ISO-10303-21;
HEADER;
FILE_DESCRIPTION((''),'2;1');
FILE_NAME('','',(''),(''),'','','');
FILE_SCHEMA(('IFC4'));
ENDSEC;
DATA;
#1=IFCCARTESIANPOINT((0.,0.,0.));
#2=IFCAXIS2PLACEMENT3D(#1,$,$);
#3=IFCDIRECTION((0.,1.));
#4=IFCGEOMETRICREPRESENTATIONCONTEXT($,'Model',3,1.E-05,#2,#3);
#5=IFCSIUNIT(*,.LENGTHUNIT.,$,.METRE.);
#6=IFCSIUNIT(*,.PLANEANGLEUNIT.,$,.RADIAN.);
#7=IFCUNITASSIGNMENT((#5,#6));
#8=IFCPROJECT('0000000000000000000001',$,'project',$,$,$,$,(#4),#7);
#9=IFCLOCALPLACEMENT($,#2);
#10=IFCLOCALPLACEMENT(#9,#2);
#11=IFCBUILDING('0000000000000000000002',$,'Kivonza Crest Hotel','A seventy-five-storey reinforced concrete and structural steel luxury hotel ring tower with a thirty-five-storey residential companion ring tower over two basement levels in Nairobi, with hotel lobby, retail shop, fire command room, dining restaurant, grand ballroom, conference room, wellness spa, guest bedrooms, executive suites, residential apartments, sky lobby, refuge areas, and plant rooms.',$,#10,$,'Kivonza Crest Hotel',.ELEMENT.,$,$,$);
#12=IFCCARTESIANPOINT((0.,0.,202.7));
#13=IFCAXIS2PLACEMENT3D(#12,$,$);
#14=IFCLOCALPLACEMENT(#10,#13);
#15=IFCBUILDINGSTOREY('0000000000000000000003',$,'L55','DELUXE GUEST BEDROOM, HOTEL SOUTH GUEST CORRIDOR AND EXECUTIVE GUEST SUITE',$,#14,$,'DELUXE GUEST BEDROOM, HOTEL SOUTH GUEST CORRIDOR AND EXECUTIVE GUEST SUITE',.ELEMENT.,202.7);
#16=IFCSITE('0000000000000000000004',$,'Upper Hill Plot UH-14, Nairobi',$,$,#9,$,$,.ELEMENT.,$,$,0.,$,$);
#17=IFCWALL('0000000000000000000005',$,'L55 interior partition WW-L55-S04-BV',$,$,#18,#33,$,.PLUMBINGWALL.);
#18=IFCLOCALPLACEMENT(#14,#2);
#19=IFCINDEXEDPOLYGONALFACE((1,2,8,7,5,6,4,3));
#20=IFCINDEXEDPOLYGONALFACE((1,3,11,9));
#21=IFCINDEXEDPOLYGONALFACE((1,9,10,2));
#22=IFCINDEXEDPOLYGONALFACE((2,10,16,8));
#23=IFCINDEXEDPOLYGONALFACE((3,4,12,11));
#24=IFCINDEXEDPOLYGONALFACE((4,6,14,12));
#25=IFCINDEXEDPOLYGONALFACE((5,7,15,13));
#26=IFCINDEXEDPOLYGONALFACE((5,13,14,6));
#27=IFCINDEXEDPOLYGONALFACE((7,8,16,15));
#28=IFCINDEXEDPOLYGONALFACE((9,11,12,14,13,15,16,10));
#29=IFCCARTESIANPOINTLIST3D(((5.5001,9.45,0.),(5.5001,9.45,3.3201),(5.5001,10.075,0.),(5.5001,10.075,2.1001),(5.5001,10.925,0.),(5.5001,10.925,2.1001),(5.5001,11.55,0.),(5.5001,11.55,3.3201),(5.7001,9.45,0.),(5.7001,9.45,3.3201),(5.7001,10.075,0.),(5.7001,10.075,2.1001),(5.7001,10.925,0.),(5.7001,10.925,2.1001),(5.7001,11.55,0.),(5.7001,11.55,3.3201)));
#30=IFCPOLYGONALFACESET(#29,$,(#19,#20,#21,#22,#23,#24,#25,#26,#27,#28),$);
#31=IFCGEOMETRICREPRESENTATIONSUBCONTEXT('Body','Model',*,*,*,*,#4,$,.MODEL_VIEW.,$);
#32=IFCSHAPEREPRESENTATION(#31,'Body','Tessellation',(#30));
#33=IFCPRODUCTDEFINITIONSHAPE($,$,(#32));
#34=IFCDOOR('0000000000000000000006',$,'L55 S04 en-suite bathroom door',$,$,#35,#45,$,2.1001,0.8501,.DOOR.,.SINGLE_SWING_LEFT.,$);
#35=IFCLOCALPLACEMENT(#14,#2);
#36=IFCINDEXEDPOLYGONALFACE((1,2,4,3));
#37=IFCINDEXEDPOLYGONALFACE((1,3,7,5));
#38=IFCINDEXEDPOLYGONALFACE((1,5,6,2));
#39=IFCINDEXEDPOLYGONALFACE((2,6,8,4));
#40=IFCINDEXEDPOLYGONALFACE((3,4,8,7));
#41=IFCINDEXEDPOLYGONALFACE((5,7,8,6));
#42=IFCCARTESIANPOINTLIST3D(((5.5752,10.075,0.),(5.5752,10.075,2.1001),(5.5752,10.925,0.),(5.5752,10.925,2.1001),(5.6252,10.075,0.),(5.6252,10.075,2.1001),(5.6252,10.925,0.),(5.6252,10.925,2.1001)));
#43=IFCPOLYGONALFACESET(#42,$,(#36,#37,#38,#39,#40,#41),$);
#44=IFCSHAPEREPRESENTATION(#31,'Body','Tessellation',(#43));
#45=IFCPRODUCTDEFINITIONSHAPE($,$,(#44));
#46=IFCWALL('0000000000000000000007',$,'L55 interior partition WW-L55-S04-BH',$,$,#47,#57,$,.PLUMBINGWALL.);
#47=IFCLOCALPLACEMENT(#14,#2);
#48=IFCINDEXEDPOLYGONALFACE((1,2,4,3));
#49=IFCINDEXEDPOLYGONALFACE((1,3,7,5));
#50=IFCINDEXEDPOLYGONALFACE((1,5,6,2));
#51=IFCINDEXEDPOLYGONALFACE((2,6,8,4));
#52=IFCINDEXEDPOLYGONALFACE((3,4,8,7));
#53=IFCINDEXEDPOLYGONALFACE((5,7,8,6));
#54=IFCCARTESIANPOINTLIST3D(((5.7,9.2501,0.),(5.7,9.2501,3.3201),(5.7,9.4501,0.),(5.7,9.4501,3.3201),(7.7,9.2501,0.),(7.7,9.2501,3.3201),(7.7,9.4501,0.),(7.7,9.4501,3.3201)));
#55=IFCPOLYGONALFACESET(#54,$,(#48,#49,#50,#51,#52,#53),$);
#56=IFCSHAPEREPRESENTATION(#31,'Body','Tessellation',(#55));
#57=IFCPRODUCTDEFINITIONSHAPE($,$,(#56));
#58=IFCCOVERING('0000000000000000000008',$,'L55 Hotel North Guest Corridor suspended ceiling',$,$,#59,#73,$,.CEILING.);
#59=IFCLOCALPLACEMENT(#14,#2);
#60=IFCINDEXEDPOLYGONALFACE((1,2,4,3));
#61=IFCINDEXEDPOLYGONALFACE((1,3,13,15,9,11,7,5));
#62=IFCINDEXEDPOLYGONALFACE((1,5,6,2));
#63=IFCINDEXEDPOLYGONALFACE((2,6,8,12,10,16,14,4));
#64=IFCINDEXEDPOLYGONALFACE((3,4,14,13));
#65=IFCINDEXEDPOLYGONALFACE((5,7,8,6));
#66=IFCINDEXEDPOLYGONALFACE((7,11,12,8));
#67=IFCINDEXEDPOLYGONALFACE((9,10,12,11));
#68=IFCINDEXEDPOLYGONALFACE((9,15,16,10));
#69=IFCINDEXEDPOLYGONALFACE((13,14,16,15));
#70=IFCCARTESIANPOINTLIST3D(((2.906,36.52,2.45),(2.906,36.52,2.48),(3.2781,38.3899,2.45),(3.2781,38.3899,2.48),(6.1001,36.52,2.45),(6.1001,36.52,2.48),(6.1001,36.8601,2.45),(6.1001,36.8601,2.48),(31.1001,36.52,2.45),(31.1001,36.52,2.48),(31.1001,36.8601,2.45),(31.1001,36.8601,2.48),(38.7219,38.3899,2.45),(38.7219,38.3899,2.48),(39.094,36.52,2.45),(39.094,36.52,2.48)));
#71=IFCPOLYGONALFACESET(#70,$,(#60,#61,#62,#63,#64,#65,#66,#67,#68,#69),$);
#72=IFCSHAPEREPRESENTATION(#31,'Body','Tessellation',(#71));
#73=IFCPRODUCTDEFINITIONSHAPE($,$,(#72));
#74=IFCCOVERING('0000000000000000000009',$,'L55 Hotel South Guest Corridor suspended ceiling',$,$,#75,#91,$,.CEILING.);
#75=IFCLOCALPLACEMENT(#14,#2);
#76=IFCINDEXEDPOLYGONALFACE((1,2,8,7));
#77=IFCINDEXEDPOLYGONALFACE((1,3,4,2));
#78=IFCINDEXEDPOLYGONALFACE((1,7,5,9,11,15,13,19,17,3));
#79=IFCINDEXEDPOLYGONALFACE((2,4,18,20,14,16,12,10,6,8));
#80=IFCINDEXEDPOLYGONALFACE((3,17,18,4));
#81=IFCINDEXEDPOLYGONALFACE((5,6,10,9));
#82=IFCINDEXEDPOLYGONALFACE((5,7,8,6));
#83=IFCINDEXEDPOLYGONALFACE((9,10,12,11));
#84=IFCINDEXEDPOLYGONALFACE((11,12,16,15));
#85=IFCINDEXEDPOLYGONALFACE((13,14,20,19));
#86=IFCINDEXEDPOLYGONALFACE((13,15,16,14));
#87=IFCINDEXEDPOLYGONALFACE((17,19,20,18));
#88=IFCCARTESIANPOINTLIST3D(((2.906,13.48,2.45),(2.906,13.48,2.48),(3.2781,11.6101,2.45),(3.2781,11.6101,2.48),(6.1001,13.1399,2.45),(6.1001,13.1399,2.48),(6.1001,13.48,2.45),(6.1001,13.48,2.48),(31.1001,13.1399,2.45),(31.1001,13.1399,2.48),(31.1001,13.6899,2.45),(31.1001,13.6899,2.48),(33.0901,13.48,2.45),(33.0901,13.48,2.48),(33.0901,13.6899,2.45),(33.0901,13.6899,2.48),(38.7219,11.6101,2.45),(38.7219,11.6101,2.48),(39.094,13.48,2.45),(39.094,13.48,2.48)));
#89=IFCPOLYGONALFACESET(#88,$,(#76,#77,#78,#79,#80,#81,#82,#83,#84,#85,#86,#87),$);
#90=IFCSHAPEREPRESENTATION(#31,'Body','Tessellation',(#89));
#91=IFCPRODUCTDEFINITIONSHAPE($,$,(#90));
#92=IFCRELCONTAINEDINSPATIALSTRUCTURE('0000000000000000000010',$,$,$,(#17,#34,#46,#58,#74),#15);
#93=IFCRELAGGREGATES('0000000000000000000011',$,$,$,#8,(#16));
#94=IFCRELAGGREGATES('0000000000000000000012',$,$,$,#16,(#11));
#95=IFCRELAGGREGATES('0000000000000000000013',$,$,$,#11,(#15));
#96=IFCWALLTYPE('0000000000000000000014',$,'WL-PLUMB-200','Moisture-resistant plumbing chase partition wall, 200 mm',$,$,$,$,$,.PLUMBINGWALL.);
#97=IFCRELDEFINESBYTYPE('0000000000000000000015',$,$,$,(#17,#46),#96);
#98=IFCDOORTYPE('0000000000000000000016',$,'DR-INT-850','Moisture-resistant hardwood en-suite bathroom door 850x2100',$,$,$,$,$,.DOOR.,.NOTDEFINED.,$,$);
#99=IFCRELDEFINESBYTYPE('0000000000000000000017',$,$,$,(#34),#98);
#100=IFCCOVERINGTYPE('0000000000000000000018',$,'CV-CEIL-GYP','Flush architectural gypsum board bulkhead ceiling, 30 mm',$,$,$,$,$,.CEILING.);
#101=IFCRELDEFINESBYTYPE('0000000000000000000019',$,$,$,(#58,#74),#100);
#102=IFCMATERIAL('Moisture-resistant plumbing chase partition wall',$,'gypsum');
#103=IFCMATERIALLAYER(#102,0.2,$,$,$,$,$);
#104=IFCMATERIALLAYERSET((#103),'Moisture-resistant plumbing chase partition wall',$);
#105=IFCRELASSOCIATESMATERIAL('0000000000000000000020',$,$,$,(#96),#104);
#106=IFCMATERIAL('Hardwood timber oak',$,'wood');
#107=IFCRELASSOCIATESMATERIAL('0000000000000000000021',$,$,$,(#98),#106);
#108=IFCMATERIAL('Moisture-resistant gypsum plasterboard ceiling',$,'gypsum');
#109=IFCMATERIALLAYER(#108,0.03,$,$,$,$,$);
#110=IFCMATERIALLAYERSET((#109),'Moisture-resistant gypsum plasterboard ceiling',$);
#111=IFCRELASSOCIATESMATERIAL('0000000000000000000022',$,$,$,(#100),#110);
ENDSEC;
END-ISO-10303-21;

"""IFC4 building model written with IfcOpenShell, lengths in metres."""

from ifc_helpers import new_model, si_unit, direction, frame, frame_2d, origin, place, context, subcontext, project, spatial, polyline, rectangle, outline, extrude, material, layer, layer_set, type_object, element, fill, save


model = new_model("IFC4")

# Units and contexts
model_context = context("Model", 3, precision=1e-05, world=origin(), true_north=direction((0.0, 1.0)))
body_context = subcontext(model_context, "Body", "Model", "MODEL_VIEW")
ifc_project = project(units=[si_unit("LENGTHUNIT", "METRE"), si_unit("PLANEANGLEUNIT", "RADIAN")], contexts=[model_context])

# Site, building, storey
site_placement = place(None, origin())
site = spatial("IfcSite", under=ifc_project, at=site_placement, Name="Upper Hill Plot UH-14, Nairobi", CompositionType="ELEMENT", RefElevation=0.0)
building_placement = place(site_placement, origin())
building = spatial("IfcBuilding", under=site, at=building_placement, Name="Kivonza Crest Hotel", Description="A seventy-five-storey reinforced concrete and structural steel luxury hotel ring tower with a thirty-five-storey residential companion ring tower over two basement levels in Nairobi, with hotel lobby, retail shop, fire command room, dining restaurant, grand ballroom, conference room, wellness spa, guest bedrooms, executive suites, residential apartments, sky lobby, refuge areas, and plant rooms.", LongName="Kivonza Crest Hotel", CompositionType="ELEMENT")
storey_placement = place(building_placement, frame((0.0, 0.0, 202.7)))
storey = spatial("IfcBuildingStorey", under=building, at=storey_placement, Name="L55", Description="DELUXE GUEST BEDROOM, HOTEL SOUTH GUEST CORRIDOR AND EXECUTIVE GUEST SUITE", LongName="DELUXE GUEST BEDROOM, HOTEL SOUTH GUEST CORRIDOR AND EXECUTIVE GUEST SUITE", CompositionType="ELEMENT", Elevation=202.7)

# Shared definitions
ifc_material_1 = material(Name="Hardwood timber oak", Category="wood")

# Wall, opening, door
ifc_material_2 = material(Name="Moisture-resistant plumbing chase partition wall", Category="gypsum")
ifc_layer_1 = layer(ifc_material_2, 0.2)
ifc_layer_set_1 = layer_set([ifc_layer_1], Name="Moisture-resistant plumbing chase partition wall")
wall_type_1 = type_object("IfcWallType", Name="WL-PLUMB-200", Description="Moisture-resistant plumbing chase partition wall, 200 mm", PredefinedType="PLUMBINGWALL", material=ifc_layer_set_1)
wall_1_placement = place(storey_placement, frame((5.6001, 9.45, 0.0), z_axis=(0.0, 0.0, 1.0), x_axis=(0.0, 1.0, 0.0)))
wall_1 = element("IfcWall", 1, at=wall_1_placement, inside=storey, type_object=wall_type_1, Name="L55 interior partition WW-L55-S04-BV", PredefinedType="PLUMBINGWALL", context=body_context, shape_type="SweptSolid", body=[
    extrude(rectangle(XDim=2.1001, YDim=0.2, at=frame_2d((1.05, 0.0))), origin(), (0.0, 0.0, 1.0), 3.3201),
])
opening_1_placement = place(wall_1_placement, frame((0.625, 0.0, 0.0)))
opening_1 = element("IfcOpeningElement", 2, at=opening_1_placement, cuts=wall_1, PredefinedType="OPENING", context=body_context, shape_type="SweptSolid", body=[
    extrude(rectangle(XDim=0.8501, YDim=2.1001, at=frame_2d((0.425, 1.05))), frame((0.0, 0.1099, 0.0), z_axis=(0.0, -1.0, 0.0), x_axis=(1.0, 0.0, 0.0)), (0.0, 0.0, 1.0), 0.22),
])
door_type_1 = type_object("IfcDoorType", Name="DR-INT-850", Description="Moisture-resistant hardwood en-suite bathroom door 850x2100", OperationType="NOTDEFINED", PredefinedType="DOOR", material=ifc_material_1)
door_1_placement = place(opening_1_placement, origin())
door_1 = element("IfcDoor", 3, at=door_1_placement, inside=storey, type_object=door_type_1, Name="L55 S04 en-suite bathroom door", OperationType="SINGLE_SWING_LEFT", OverallHeight=2.1001, OverallWidth=0.8501, PredefinedType="DOOR", context=body_context, shape_type="SweptSolid", body=[
    extrude(rectangle(XDim=0.8501, YDim=2.1001, at=frame_2d((0.425, 1.05))), frame((0.0, 0.0249, 0.0), z_axis=(0.0, -1.0, 0.0), x_axis=(1.0, 0.0, 0.0)), (0.0, 0.0, 1.0), 0.05),
])
fill(opening_1, door_1)

# Wall
wall_2_placement = place(storey_placement, frame((5.7, 9.3501, 0.0), z_axis=(0.0, 0.0, 1.0), x_axis=(1.0, 0.0, 0.0)))
element("IfcWall", 4, at=wall_2_placement, inside=storey, type_object=wall_type_1, Name="L55 interior partition WW-L55-S04-BH", PredefinedType="PLUMBINGWALL", context=body_context, shape_type="SweptSolid", body=[
    extrude(rectangle(XDim=2.0, YDim=0.2, at=frame_2d((1.0, 0.0))), origin(), (0.0, 0.0, 1.0), 3.3201),
])

# Coverings
ifc_material_3 = material(Name="Moisture-resistant gypsum plasterboard ceiling", Category="gypsum")
ifc_layer_2 = layer(ifc_material_3, 0.03)
ifc_layer_set_2 = layer_set([ifc_layer_2], Name="Moisture-resistant gypsum plasterboard ceiling")
covering_type = type_object("IfcCoveringType", Name="CV-CEIL-GYP", Description="Flush architectural gypsum board bulkhead ceiling, 30 mm", PredefinedType="CEILING", material=ifc_layer_set_2)
covering_1_placement = place(storey_placement, frame((0.0, 0.0, 2.45)))
element("IfcCovering", 5, at=covering_1_placement, inside=storey, type_object=covering_type, Name="L55 Hotel North Guest Corridor suspended ceiling", PredefinedType="CEILING", context=body_context, shape_type="SweptSolid", body=[
    extrude(outline(polyline([(3.2781, 38.3899), (2.906, 36.52), (6.1001, 36.52), (6.1001, 36.8601), (31.1001, 36.8601), (31.1001, 36.52), (39.094, 36.52), (38.7219, 38.3899), (3.2781, 38.3899)])), origin(), (0.0, 0.0, 1.0), 0.03),
])
covering_2_placement = place(storey_placement, frame((0.0, 0.0, 2.45)))
element("IfcCovering", 6, at=covering_2_placement, inside=storey, type_object=covering_type, Name="L55 Hotel South Guest Corridor suspended ceiling", PredefinedType="CEILING", context=body_context, shape_type="SweptSolid", body=[
    extrude(outline(polyline([(33.0901, 13.48), (33.0901, 13.6899), (31.1001, 13.6899), (31.1001, 13.1399), (6.1001, 13.1399), (6.1001, 13.48), (2.906, 13.48), (3.2781, 11.6101), (38.7219, 11.6101), (39.094, 13.48), (33.0901, 13.48)])), origin(), (0.0, 0.0, 1.0), 0.03),
])

save(model, "model.ifc")
